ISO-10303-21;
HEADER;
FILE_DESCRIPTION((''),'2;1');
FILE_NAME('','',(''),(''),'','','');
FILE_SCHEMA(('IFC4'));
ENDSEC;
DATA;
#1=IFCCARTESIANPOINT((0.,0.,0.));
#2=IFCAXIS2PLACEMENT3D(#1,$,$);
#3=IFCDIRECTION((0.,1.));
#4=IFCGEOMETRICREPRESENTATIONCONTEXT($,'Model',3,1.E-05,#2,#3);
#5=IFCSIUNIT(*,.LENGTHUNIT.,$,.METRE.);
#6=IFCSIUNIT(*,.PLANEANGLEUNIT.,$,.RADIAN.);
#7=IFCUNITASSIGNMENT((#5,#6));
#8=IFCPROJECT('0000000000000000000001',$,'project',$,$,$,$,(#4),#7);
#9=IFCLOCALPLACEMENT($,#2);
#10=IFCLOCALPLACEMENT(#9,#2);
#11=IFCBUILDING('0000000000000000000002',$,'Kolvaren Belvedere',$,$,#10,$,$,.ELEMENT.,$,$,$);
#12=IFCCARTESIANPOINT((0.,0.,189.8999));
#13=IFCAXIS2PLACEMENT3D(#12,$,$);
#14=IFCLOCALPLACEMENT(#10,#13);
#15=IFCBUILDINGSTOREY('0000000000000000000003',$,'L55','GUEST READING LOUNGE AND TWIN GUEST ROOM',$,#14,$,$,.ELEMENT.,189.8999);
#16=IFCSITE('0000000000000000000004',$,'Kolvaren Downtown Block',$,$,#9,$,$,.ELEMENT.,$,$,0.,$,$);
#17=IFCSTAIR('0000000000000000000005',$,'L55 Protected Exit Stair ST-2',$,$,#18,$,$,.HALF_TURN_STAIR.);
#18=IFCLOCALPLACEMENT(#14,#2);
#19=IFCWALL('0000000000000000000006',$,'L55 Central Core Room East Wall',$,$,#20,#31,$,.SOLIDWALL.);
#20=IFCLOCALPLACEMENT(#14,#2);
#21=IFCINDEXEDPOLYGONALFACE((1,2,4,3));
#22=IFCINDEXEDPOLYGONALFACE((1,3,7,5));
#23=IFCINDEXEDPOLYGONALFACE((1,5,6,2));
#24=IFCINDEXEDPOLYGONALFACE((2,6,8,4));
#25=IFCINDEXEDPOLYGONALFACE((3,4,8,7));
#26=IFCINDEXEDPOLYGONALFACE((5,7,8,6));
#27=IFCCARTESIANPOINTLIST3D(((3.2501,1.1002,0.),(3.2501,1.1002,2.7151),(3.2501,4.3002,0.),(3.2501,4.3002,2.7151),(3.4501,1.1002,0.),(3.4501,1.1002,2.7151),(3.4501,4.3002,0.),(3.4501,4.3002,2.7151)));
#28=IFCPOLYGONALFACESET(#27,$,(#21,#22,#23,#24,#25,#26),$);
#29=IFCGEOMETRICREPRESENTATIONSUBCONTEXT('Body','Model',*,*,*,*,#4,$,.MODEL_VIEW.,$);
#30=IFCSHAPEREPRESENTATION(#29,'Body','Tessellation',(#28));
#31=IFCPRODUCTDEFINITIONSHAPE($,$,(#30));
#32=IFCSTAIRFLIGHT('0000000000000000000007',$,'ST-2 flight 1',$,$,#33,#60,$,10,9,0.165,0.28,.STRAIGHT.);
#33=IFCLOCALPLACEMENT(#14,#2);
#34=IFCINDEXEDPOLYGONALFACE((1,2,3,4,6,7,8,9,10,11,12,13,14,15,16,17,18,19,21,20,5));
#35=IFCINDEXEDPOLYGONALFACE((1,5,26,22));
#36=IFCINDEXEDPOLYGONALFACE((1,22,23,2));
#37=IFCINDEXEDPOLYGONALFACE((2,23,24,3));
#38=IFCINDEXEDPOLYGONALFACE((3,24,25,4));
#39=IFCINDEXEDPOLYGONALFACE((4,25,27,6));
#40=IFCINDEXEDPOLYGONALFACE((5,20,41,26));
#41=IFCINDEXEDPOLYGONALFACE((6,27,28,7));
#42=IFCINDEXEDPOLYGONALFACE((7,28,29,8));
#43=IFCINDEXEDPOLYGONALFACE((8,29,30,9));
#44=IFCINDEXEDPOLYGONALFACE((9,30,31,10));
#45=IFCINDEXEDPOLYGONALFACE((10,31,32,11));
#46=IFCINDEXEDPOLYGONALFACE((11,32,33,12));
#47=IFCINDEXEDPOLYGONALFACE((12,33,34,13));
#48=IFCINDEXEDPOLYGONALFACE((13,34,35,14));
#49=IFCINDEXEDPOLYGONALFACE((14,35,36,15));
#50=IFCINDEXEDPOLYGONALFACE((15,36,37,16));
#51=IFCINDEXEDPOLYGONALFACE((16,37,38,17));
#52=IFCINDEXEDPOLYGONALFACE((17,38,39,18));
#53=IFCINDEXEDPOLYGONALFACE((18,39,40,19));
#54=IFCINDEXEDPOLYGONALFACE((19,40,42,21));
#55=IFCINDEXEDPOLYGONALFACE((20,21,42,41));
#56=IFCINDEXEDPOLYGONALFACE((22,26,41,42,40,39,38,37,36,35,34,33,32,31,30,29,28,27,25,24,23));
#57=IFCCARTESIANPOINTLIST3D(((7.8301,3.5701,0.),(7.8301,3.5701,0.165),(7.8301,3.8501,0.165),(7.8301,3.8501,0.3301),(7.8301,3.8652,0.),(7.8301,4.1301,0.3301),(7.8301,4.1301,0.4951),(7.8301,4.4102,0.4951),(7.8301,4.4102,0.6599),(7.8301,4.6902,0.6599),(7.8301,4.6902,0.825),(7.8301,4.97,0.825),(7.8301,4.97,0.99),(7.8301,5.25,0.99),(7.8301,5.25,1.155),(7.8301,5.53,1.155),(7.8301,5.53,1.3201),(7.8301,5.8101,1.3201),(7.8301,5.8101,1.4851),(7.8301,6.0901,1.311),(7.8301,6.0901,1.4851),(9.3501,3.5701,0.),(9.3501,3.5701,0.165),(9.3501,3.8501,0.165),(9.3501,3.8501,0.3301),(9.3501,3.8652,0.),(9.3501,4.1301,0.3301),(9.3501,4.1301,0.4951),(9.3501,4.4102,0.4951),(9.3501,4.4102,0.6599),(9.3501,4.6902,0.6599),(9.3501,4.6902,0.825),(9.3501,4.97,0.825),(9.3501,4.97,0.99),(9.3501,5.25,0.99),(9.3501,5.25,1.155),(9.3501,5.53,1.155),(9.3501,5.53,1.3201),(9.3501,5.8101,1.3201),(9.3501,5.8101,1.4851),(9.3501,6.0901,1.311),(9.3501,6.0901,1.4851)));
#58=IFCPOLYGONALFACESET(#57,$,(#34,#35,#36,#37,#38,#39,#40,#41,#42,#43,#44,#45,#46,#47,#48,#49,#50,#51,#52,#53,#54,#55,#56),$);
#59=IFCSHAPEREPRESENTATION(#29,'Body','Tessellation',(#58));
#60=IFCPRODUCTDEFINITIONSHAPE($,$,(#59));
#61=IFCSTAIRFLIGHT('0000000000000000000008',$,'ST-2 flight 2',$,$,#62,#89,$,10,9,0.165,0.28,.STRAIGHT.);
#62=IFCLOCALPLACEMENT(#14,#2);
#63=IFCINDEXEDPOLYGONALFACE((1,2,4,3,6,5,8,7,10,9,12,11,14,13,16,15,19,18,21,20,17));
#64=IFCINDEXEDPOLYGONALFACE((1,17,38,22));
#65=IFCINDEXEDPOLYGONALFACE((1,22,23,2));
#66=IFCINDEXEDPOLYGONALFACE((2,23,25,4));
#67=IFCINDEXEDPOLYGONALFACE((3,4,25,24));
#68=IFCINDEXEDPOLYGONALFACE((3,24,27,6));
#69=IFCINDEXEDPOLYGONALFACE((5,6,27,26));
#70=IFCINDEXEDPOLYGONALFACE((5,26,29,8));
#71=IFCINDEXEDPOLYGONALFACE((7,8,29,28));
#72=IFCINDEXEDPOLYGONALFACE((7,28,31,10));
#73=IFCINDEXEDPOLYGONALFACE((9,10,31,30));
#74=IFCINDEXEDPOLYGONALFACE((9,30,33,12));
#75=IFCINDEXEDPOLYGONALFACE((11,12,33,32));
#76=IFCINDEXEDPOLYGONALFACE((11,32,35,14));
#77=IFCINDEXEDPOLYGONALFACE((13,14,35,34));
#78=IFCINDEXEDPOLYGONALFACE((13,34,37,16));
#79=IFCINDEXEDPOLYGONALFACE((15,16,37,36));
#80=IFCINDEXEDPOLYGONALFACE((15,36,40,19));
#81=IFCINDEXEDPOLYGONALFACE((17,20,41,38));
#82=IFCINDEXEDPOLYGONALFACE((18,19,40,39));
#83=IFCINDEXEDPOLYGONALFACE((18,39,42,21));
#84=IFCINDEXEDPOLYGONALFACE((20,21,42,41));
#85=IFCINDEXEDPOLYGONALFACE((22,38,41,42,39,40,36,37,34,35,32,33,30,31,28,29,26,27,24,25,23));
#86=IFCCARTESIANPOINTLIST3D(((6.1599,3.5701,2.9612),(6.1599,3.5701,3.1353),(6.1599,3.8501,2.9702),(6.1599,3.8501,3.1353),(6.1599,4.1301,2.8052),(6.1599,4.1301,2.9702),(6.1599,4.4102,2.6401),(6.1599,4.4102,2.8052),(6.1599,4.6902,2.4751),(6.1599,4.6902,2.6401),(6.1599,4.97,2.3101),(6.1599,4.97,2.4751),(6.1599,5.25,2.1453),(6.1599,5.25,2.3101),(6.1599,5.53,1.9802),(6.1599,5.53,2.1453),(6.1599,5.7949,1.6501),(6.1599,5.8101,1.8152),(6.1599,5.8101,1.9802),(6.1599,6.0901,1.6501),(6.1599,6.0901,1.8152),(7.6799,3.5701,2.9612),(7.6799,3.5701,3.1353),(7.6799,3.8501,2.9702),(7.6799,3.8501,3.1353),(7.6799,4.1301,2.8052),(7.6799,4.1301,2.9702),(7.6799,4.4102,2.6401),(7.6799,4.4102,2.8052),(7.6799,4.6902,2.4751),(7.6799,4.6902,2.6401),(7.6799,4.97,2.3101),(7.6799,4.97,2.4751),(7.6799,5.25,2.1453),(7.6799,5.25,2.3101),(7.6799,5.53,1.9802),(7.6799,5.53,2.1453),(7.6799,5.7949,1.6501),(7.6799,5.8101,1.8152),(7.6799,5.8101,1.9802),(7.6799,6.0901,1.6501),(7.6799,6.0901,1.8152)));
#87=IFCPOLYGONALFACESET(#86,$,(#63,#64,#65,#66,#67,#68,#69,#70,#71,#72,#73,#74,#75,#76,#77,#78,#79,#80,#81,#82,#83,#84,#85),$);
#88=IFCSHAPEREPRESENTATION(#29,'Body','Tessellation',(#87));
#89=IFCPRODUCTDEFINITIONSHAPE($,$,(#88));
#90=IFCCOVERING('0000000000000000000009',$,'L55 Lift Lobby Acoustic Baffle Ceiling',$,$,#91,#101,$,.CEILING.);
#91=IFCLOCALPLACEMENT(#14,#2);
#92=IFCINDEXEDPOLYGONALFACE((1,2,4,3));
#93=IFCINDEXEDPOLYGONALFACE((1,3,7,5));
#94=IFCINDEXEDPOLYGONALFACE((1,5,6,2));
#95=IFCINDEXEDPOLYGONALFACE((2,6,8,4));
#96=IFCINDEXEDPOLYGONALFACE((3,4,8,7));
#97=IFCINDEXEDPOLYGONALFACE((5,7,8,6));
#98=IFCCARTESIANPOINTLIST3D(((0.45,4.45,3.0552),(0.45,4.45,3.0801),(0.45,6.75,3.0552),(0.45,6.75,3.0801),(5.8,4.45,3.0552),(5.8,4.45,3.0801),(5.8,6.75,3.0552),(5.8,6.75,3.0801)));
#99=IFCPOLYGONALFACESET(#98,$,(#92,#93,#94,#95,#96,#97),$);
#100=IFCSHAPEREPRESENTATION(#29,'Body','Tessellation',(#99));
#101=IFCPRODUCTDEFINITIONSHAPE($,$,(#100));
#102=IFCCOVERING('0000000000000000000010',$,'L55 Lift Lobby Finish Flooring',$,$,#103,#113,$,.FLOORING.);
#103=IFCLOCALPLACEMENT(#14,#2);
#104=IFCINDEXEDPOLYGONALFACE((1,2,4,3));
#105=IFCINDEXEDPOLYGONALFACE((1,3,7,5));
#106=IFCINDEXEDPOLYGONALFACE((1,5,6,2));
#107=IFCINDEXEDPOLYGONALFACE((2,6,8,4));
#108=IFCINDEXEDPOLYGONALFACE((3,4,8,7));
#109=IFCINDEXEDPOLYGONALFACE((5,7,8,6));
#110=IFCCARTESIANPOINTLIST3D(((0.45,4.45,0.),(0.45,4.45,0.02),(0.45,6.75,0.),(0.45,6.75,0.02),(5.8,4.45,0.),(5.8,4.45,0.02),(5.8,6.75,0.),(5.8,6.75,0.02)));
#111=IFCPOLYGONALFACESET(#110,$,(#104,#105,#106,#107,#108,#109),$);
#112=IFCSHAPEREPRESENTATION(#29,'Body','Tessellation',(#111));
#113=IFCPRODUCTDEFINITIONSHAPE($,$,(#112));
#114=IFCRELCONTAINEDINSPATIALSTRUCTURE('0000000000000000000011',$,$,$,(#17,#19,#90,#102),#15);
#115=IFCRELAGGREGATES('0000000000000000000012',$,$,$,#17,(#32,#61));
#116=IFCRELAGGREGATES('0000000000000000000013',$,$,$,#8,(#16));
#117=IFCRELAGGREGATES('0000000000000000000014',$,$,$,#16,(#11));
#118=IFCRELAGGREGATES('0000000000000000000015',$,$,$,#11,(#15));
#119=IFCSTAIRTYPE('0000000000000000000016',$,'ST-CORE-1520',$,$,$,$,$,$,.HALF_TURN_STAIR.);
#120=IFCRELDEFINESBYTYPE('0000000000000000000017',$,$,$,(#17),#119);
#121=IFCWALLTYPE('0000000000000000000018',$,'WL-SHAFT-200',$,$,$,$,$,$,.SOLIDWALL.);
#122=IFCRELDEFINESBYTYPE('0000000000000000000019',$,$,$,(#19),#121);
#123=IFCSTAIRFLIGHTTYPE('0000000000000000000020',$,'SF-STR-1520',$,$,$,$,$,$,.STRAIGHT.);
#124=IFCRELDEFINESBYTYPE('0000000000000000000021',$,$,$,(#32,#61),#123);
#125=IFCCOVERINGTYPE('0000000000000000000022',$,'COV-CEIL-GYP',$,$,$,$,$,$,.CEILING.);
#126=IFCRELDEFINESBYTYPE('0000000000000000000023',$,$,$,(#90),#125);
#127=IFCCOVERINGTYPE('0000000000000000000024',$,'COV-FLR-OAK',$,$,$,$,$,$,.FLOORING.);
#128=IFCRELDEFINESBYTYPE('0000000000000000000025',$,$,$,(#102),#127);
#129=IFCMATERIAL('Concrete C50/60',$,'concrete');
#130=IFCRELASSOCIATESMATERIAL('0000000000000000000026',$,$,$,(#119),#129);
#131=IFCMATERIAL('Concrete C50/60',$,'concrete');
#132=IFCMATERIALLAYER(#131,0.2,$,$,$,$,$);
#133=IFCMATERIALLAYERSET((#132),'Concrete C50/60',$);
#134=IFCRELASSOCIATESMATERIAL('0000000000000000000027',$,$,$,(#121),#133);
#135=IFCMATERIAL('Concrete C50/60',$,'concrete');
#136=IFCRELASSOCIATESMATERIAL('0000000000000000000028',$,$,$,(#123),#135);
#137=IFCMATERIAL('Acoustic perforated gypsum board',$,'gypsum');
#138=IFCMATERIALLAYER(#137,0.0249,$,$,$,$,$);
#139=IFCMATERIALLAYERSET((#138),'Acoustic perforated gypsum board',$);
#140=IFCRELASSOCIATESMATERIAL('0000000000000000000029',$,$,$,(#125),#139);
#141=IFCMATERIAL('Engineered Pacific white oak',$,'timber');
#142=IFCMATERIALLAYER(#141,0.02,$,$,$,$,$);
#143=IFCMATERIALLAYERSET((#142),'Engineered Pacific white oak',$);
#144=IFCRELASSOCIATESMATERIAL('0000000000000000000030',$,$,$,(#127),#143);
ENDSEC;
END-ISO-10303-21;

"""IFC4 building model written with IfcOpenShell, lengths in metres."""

from ifc_helpers import new_model, si_unit, direction, frame, frame_2d, origin, place, context, subcontext, project, spatial, polyline, rectangle, outline, extrude, material, layer, layer_set, type_object, element, aggregate, save


model = new_model("IFC4")

# Units and contexts
model_context = context("Model", 3, precision=1e-05, world=origin(), true_north=direction((0.0, 1.0)))
body_context = subcontext(model_context, "Body", "Model", "MODEL_VIEW")
ifc_project = project(units=[si_unit("LENGTHUNIT", "METRE"), si_unit("PLANEANGLEUNIT", "RADIAN")], contexts=[model_context])

# Site, building, storey
site_placement = place(None, origin())
site = spatial("IfcSite", under=ifc_project, at=site_placement, Name="Kolvaren Downtown Block", CompositionType="ELEMENT", RefElevation=0.0)
building_placement = place(site_placement, origin())
building = spatial("IfcBuilding", under=site, at=building_placement, Name="Kolvaren Belvedere", CompositionType="ELEMENT")
storey_placement = place(building_placement, frame((0.0, 0.0, 189.8999)))
storey = spatial("IfcBuildingStorey", under=building, at=storey_placement, Name="L55", Description="GUEST READING LOUNGE AND TWIN GUEST ROOM", CompositionType="ELEMENT", Elevation=189.8999)

# Stair
ifc_material_1 = material(Name="Concrete C50/60", Category="concrete")
stair_type = type_object("IfcStairType", Name="ST-CORE-1520", PredefinedType="HALF_TURN_STAIR", material=ifc_material_1)
stair_1_placement = place(storey_placement, origin())
stair_1 = element("IfcStair", 1, at=stair_1_placement, inside=storey, type_object=stair_type, Name="L55 Protected Exit Stair ST-2", PredefinedType="HALF_TURN_STAIR")

# Shared definitions
ifc_material_2 = material(Name="Concrete C50/60", Category="concrete")
ifc_layer_1 = layer(ifc_material_2, 0.2)
ifc_layer_set_1 = layer_set([ifc_layer_1], Name="Concrete C50/60")
wall_type_1 = type_object("IfcWallType", Name="WL-SHAFT-200", PredefinedType="SOLIDWALL", material=ifc_layer_set_1)

# Wall
wall_1_placement = place(storey_placement, frame((3.3501, 1.1001, 0.0), z_axis=(0.0, 0.0, 1.0), x_axis=(0.0, 1.0, 0.0)))
element("IfcWall", 2, at=wall_1_placement, inside=storey, type_object=wall_type_1, Name="L55 Central Core Room East Wall", PredefinedType="SOLIDWALL", context=body_context, shape_type="SweptSolid", body=[
    extrude(rectangle(XDim=3.2, YDim=0.2, at=frame_2d((1.6001, 0.0))), origin(), (0.0, 0.0, 1.0), 2.7151),
])

# Stair flights
ifc_material_3 = material(Name="Concrete C50/60", Category="concrete")
stair_flight_type = type_object("IfcStairFlightType", Name="SF-STR-1520", PredefinedType="STRAIGHT", material=ifc_material_3)
stair_flight_1_placement = place(storey_placement, frame((8.5901, 3.5701, 0.0), z_axis=(0.0, 0.0, 1.0), x_axis=(0.0, 1.0, 0.0)))
stair_flight_1 = element("IfcStairFlight", 3, at=stair_flight_1_placement, type_object=stair_flight_type, Name="ST-2 flight 1", NumberOfRisers=10, NumberOfTreads=9, PredefinedType="STRAIGHT", RiserHeight=0.165, TreadLength=0.28, context=body_context, shape_type="SweptSolid", body=[
    extrude(outline(polyline([(0.0, 0.0), (0.0, 0.165), (0.28, 0.165), (0.28, 0.3301), (0.5601, 0.3301), (0.5601, 0.4951), (0.8401, 0.4951), (0.8401, 0.6599), (1.1201, 0.6599), (1.1201, 0.825), (1.3999, 0.825), (1.3999, 0.99), (1.6799, 0.99), (1.6799, 1.155), (1.96, 1.155), (1.96, 1.3201), (2.24, 1.3201), (2.24, 1.4851), (2.52, 1.4851), (2.52, 1.6499), (2.52, 1.311), (0.2952, 0.0), (0.0, 0.0)])), frame((0.0, 0.76, 0.0), z_axis=(0.0, -1.0, 0.0), x_axis=(1.0, 0.0, 0.0)), (0.0, 0.0, 1.0), 1.52),
])
stair_flight_2_placement = place(storey_placement, frame((6.9199, 6.0901, 1.6501), z_axis=(0.0, 0.0, 1.0), x_axis=(0.0, -1.0, 0.0)))
stair_flight_2 = element("IfcStairFlight", 4, at=stair_flight_2_placement, type_object=stair_flight_type, Name="ST-2 flight 2", NumberOfRisers=10, NumberOfTreads=9, PredefinedType="STRAIGHT", RiserHeight=0.165, TreadLength=0.28, context=body_context, shape_type="SweptSolid", body=[
    extrude(outline(polyline([(0.0, 0.0), (0.0, 0.165), (0.28, 0.165), (0.28, 0.3301), (0.5601, 0.3301), (0.5601, 0.4951), (0.8401, 0.4951), (0.8401, 0.6599), (1.1201, 0.6599), (1.1201, 0.825), (1.3999, 0.825), (1.3999, 0.99), (1.6799, 0.99), (1.6799, 1.155), (1.96, 1.155), (1.96, 1.3201), (2.24, 1.3201), (2.24, 1.4851), (2.52, 1.4851), (2.52, 1.6499), (2.52, 1.311), (0.2952, 0.0), (0.0, 0.0)])), frame((0.0, 0.76, 0.0), z_axis=(0.0, -1.0, 0.0), x_axis=(1.0, 0.0, 0.0)), (0.0, 0.0, 1.0), 1.52),
])
aggregate(stair_1, [stair_flight_1, stair_flight_2])

# Coverings
ifc_material_4 = material(Name="Acoustic perforated gypsum board", Category="gypsum")
ifc_layer_2 = layer(ifc_material_4, 0.0249)
ifc_layer_set_2 = layer_set([ifc_layer_2], Name="Acoustic perforated gypsum board")
covering_type_1 = type_object("IfcCoveringType", Name="COV-CEIL-GYP", PredefinedType="CEILING", material=ifc_layer_set_2)
covering_1_placement = place(storey_placement, frame((0.0, 0.0, 3.0552)))
element("IfcCovering", 5, at=covering_1_placement, inside=storey, type_object=covering_type_1, Name="L55 Lift Lobby Acoustic Baffle Ceiling", PredefinedType="CEILING", context=body_context, shape_type="SweptSolid", body=[
    extrude(outline(polyline([(0.45, 4.45), (5.8, 4.45), (5.8, 6.75), (0.45, 6.75), (0.45, 4.45)])), origin(), (0.0, 0.0, 1.0), 0.0249),
])
ifc_material_5 = material(Name="Engineered Pacific white oak", Category="timber")
ifc_layer_3 = layer(ifc_material_5, 0.02)
ifc_layer_set_3 = layer_set([ifc_layer_3], Name="Engineered Pacific white oak")
covering_type_2 = type_object("IfcCoveringType", Name="COV-FLR-OAK", PredefinedType="FLOORING", material=ifc_layer_set_3)
covering_2_placement = place(storey_placement, origin())
element("IfcCovering", 6, at=covering_2_placement, inside=storey, type_object=covering_type_2, Name="L55 Lift Lobby Finish Flooring", PredefinedType="FLOORING", context=body_context, shape_type="SweptSolid", body=[
    extrude(outline(polyline([(0.45, 4.45), (5.8, 4.45), (5.8, 6.75), (0.45, 6.75), (0.45, 4.45)])), origin(), (0.0, 0.0, 1.0), 0.02),
])

save(model, "model.ifc")
